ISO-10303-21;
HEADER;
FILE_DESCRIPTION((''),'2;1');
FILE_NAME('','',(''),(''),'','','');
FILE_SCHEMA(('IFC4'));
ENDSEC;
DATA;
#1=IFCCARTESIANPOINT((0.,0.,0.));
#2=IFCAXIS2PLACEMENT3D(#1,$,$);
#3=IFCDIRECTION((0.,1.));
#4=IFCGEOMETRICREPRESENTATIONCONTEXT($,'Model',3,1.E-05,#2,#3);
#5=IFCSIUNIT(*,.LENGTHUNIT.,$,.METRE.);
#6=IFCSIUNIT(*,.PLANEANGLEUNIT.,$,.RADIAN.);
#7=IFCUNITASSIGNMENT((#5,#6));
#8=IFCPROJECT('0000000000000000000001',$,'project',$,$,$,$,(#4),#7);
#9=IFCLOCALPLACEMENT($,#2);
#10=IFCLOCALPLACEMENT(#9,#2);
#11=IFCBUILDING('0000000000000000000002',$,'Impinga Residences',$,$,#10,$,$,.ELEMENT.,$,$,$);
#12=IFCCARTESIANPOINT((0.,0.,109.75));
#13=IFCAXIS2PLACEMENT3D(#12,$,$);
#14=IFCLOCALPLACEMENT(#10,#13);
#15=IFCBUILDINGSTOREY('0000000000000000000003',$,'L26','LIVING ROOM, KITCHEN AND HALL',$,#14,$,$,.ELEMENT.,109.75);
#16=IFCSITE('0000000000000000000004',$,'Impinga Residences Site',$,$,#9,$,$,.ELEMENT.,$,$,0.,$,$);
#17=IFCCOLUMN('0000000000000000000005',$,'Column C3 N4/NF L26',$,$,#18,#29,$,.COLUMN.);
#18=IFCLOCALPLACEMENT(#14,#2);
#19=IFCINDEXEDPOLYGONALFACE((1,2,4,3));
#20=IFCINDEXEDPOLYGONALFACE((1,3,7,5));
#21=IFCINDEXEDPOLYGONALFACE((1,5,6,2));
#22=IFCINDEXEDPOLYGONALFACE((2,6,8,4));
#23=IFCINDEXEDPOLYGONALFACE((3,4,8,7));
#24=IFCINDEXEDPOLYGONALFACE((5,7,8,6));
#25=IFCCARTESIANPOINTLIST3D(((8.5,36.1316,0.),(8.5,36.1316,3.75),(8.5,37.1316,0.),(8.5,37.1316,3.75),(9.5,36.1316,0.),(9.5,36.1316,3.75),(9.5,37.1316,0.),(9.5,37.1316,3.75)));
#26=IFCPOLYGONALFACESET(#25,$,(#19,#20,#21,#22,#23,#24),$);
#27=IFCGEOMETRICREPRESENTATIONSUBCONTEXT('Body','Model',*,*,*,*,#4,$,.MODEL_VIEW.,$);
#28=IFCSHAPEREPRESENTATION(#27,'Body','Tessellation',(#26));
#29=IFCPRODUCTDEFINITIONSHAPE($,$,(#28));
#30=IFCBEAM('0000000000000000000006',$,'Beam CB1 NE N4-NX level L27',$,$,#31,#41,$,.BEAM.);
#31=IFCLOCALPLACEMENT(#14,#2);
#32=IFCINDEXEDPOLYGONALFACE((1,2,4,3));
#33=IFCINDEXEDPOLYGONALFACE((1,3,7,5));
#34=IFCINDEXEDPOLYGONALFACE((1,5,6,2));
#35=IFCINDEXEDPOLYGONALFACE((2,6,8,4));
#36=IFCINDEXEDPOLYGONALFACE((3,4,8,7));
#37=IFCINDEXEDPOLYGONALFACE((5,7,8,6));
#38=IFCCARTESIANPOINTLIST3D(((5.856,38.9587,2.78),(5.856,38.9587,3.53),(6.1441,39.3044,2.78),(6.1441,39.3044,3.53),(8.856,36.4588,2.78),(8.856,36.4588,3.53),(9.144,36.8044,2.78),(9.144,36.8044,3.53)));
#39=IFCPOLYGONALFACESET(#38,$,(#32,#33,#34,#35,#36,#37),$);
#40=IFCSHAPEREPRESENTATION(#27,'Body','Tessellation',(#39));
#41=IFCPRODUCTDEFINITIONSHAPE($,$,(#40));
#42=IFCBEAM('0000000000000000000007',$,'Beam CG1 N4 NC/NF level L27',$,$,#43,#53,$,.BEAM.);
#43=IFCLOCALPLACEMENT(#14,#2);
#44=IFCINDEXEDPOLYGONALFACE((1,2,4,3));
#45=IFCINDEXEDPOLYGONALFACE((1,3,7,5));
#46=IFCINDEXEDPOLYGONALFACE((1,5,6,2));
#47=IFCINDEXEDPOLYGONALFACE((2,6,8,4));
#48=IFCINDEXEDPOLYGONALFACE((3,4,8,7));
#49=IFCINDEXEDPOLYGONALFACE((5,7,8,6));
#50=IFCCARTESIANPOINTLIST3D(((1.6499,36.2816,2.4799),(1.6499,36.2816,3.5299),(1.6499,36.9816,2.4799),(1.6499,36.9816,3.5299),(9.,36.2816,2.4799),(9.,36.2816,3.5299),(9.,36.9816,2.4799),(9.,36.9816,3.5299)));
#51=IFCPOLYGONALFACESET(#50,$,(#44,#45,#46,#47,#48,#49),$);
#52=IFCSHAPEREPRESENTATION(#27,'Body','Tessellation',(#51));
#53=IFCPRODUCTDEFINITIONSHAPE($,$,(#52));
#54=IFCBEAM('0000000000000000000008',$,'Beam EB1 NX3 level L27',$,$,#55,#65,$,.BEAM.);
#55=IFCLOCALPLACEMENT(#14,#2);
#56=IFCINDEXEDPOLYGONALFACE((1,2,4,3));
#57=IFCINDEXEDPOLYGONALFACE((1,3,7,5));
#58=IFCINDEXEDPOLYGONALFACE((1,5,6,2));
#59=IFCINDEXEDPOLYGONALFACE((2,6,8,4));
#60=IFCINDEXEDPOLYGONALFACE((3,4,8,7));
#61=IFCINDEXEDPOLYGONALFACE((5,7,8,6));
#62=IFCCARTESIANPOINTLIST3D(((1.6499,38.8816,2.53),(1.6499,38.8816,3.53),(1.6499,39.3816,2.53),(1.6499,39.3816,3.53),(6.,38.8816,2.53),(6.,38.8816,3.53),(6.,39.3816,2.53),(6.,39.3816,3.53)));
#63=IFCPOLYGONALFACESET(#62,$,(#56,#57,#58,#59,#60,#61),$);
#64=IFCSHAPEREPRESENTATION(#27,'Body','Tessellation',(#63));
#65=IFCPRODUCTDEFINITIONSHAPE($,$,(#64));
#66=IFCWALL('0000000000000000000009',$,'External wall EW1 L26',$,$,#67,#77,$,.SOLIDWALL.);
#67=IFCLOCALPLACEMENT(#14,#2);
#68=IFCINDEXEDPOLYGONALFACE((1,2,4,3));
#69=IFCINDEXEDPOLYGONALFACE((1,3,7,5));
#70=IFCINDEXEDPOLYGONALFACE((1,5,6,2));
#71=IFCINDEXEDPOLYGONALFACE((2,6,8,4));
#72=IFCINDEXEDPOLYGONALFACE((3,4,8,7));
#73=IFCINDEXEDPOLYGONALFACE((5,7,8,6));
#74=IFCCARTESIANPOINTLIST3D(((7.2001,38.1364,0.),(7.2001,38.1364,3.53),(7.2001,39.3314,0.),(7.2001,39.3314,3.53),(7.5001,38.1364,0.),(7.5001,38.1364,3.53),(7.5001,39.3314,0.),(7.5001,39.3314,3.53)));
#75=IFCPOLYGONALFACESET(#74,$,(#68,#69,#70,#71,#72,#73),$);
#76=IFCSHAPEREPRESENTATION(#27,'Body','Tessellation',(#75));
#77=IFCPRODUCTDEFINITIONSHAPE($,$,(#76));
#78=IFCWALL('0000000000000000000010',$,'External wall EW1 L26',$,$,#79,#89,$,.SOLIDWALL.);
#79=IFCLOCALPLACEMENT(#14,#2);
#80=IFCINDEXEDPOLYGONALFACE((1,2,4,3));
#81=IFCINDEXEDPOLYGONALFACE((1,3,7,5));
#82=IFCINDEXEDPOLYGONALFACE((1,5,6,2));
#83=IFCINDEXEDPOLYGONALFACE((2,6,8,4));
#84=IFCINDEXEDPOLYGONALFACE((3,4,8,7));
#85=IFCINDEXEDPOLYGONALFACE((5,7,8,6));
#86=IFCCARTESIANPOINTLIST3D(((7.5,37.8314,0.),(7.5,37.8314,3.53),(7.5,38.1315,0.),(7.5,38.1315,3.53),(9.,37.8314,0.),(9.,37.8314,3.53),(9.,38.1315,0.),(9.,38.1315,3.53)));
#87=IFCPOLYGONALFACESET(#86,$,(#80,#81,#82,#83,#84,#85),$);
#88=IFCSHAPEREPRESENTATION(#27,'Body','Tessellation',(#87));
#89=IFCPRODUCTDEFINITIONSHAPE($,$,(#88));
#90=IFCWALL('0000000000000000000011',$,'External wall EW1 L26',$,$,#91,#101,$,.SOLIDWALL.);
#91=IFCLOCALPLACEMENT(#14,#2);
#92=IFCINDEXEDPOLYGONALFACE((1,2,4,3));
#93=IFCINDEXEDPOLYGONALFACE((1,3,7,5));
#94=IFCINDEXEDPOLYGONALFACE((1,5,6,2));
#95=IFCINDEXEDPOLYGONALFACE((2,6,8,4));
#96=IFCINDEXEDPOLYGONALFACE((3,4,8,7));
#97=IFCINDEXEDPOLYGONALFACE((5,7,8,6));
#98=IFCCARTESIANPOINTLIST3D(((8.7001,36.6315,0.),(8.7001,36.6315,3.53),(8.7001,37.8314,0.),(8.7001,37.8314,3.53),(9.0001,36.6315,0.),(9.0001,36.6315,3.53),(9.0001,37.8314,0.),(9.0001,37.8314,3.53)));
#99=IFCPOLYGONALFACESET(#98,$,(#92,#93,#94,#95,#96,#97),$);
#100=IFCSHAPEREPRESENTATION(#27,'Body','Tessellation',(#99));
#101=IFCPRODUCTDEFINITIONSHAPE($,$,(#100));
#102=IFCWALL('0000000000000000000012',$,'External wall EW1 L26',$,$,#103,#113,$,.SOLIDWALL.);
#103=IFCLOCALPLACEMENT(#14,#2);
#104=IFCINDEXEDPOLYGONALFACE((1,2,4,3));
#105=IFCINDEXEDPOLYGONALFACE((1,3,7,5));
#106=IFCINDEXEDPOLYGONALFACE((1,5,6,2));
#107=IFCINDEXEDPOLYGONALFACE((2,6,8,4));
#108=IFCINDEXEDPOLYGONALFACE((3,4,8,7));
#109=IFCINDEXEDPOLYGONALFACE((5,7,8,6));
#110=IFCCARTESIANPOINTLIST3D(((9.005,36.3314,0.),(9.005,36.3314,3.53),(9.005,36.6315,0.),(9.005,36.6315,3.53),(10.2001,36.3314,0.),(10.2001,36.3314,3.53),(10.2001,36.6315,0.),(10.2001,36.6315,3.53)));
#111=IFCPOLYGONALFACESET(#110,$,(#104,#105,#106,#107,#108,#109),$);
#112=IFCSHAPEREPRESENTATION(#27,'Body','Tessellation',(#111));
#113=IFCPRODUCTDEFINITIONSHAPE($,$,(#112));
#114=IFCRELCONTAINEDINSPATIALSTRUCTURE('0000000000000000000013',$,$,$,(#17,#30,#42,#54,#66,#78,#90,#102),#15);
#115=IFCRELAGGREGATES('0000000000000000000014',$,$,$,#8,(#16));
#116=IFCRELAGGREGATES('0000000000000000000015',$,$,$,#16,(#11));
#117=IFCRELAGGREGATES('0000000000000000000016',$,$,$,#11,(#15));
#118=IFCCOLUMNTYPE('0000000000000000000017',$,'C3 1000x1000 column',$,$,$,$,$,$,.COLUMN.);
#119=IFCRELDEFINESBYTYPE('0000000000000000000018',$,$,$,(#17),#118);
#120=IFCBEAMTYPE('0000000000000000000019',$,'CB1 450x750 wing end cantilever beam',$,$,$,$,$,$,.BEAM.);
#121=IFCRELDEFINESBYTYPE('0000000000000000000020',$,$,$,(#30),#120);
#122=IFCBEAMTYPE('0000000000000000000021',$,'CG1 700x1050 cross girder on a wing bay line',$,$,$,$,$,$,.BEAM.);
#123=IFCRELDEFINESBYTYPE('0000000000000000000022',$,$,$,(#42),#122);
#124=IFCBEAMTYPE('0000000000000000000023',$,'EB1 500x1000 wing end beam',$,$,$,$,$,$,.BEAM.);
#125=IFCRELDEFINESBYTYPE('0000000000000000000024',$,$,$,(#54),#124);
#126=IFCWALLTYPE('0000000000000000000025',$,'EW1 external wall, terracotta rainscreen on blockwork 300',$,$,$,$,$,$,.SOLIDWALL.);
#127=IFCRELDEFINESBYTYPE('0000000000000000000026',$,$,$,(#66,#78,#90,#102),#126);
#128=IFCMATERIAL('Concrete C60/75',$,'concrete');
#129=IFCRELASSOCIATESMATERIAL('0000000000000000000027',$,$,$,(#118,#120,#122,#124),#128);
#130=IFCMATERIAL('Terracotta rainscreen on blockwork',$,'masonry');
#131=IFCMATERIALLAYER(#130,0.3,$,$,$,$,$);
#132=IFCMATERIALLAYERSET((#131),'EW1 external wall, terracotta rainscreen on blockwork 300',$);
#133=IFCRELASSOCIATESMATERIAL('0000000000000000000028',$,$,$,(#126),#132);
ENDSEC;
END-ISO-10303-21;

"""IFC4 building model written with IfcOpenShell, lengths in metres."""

from ifc_helpers import new_model, si_unit, direction, frame, frame_2d, origin, origin_2d, place, context, subcontext, project, spatial, rectangle, extrude, material, layer, layer_set, material_profile, profile_set, type_object, element, save


model = new_model("IFC4")

# Units and contexts
model_context = context("Model", 3, precision=1e-05, world=origin(), true_north=direction((0.0, 1.0)))
body_context = subcontext(model_context, "Body", "Model", "MODEL_VIEW")
ifc_project = project(units=[si_unit("LENGTHUNIT", "METRE"), si_unit("PLANEANGLEUNIT", "RADIAN")], contexts=[model_context])

# Site, building, storey
site_placement = place(None, origin())
site = spatial("IfcSite", under=ifc_project, at=site_placement, Name="Impinga Residences Site", CompositionType="ELEMENT", RefElevation=0.0)
building_placement = place(site_placement, origin())
building = spatial("IfcBuilding", under=site, at=building_placement, Name="Impinga Residences", CompositionType="ELEMENT")
storey_placement = place(building_placement, frame((0.0, 0.0, 109.75)))
storey = spatial("IfcBuildingStorey", under=building, at=storey_placement, Name="L26", Description="LIVING ROOM, KITCHEN AND HALL", CompositionType="ELEMENT", Elevation=109.75)

# Column
ifc_material_1 = material(Name="Concrete C60/75", Category="concrete")
ifc_material_profile_1 = material_profile(ifc_material_1, rectangle(XDim=1.0, YDim=1.0, at=origin_2d()), Name="RC 1000x1000")
ifc_profile_set_1 = profile_set([ifc_material_profile_1], Name="Concrete C60/75")
column_type = type_object("IfcColumnType", Name="C3 1000x1000 column", PredefinedType="COLUMN", material=ifc_profile_set_1)
column_placement = place(storey_placement, frame((9.0, 36.6316, 0.0), z_axis=(0.0, 0.0, 1.0), x_axis=(1.0, 0.0, 0.0)))
element("IfcColumn", 1, at=column_placement, inside=storey, type_object=column_type, Name="Column C3 N4/NF L26", PredefinedType="COLUMN", context=body_context, shape_type="SweptSolid", body=[
    extrude(rectangle(XDim=1.0, YDim=1.0, at=origin_2d()), origin(), (0.0, 0.0, 1.0), 3.75),
])

# Beams
ifc_material_profile_2 = material_profile(ifc_material_1, rectangle(XDim=0.45, YDim=0.75, at=origin_2d()), Name="RC 450x750")
ifc_profile_set_2 = profile_set([ifc_material_profile_2], Name="Concrete C60/75")
beam_type_1 = type_object("IfcBeamType", Name="CB1 450x750 wing end cantilever beam", PredefinedType="BEAM", material=ifc_profile_set_2)
beam_1_placement = place(storey_placement, frame((9.0, 36.6316, 3.155), z_axis=(-0.768221, 0.640184, 0.0), x_axis=(-0.640184, -0.768221, 0.0)))
element("IfcBeam", 2, at=beam_1_placement, inside=storey, type_object=beam_type_1, Name="Beam CB1 NE N4-NX level L27", PredefinedType="BEAM", context=body_context, shape_type="SweptSolid", body=[
    extrude(rectangle(XDim=0.45, YDim=0.75, at=origin_2d()), origin(), (0.0, 0.0, 1.0), 3.905),
])
ifc_material_profile_3 = material_profile(ifc_material_1, rectangle(XDim=0.7, YDim=1.05, at=origin_2d()), Name="RC 700x1050")
ifc_profile_set_3 = profile_set([ifc_material_profile_3], Name="Concrete C60/75")
beam_type_2 = type_object("IfcBeamType", Name="CG1 700x1050 cross girder on a wing bay line", PredefinedType="BEAM", material=ifc_profile_set_3)
beam_2_placement = place(storey_placement, frame((1.6499, 36.6316, 3.0049), z_axis=(1.0, 0.0, 0.0), x_axis=(0.0, 1.0, 0.0)))
element("IfcBeam", 3, at=beam_2_placement, inside=storey, type_object=beam_type_2, Name="Beam CG1 N4 NC/NF level L27", PredefinedType="BEAM", context=body_context, shape_type="SweptSolid", body=[
    extrude(rectangle(XDim=0.7, YDim=1.05, at=origin_2d()), origin(), (0.0, 0.0, 1.0), 7.3501),
])
ifc_material_profile_4 = material_profile(ifc_material_1, rectangle(XDim=0.5, YDim=1.0, at=origin_2d()), Name="RC 500x1000")
ifc_profile_set_4 = profile_set([ifc_material_profile_4], Name="Concrete C60/75")
beam_type_3 = type_object("IfcBeamType", Name="EB1 500x1000 wing end beam", PredefinedType="BEAM", material=ifc_profile_set_4)
beam_3_placement = place(storey_placement, frame((1.6499, 39.1316, 3.03), z_axis=(1.0, 0.0, 0.0), x_axis=(0.0, 1.0, 0.0)))
element("IfcBeam", 4, at=beam_3_placement, inside=storey, type_object=beam_type_3, Name="Beam EB1 NX3 level L27", PredefinedType="BEAM", context=body_context, shape_type="SweptSolid", body=[
    extrude(rectangle(XDim=0.5, YDim=1.0, at=origin_2d()), origin(), (0.0, 0.0, 1.0), 4.3501),
])

# Walls
ifc_material_2 = material(Name="Terracotta rainscreen on blockwork", Category="masonry")
ifc_layer_1 = layer(ifc_material_2, 0.3)
ifc_layer_set_1 = layer_set([ifc_layer_1], Name="EW1 external wall, terracotta rainscreen on blockwork 300")
wall_type_1 = type_object("IfcWallType", Name="EW1 external wall, terracotta rainscreen on blockwork 300", PredefinedType="SOLIDWALL", material=ifc_layer_set_1)
wall_1_placement = place(storey_placement, frame((7.3501, 39.3315, 0.0), z_axis=(0.0, 0.0, 1.0), x_axis=(0.0, -1.0, 0.0)))
element("IfcWall", 5, at=wall_1_placement, inside=storey, type_object=wall_type_1, Name="External wall EW1 L26", PredefinedType="SOLIDWALL", context=body_context, shape_type="SweptSolid", body=[
    extrude(rectangle(XDim=1.1951, YDim=0.3, at=frame_2d((0.5977, 0.0))), origin(), (0.0, 0.0, 1.0), 3.53),
])
wall_2_placement = place(storey_placement, frame((7.5, 37.9814, 0.0), z_axis=(0.0, 0.0, 1.0), x_axis=(1.0, 0.0, 0.0)))
element("IfcWall", 6, at=wall_2_placement, inside=storey, type_object=wall_type_1, Name="External wall EW1 L26", PredefinedType="SOLIDWALL", context=body_context, shape_type="SweptSolid", body=[
    extrude(rectangle(XDim=1.5, YDim=0.3, at=frame_2d((0.75, 0.0))), origin(), (0.0, 0.0, 1.0), 3.53),
])
wall_3_placement = place(storey_placement, frame((8.8501, 37.8315, 0.0), z_axis=(0.0, 0.0, 1.0), x_axis=(0.0, -1.0, 0.0)))
element("IfcWall", 7, at=wall_3_placement, inside=storey, type_object=wall_type_1, Name="External wall EW1 L26", PredefinedType="SOLIDWALL", context=body_context, shape_type="SweptSolid", body=[
    extrude(rectangle(XDim=1.2, YDim=0.3, at=frame_2d((0.6001, 0.0))), origin(), (0.0, 0.0, 1.0), 3.53),
])
wall_4_placement = place(storey_placement, frame((9.0049, 36.4814, 0.0), z_axis=(0.0, 0.0, 1.0), x_axis=(1.0, 0.0, 0.0)))
element("IfcWall", 8, at=wall_4_placement, inside=storey, type_object=wall_type_1, Name="External wall EW1 L26", PredefinedType="SOLIDWALL", context=body_context, shape_type="SweptSolid", body=[
    extrude(rectangle(XDim=1.1951, YDim=0.3, at=frame_2d((0.5977, 0.0))), origin(), (0.0, 0.0, 1.0), 3.53),
])

save(model, "model.ifc")
